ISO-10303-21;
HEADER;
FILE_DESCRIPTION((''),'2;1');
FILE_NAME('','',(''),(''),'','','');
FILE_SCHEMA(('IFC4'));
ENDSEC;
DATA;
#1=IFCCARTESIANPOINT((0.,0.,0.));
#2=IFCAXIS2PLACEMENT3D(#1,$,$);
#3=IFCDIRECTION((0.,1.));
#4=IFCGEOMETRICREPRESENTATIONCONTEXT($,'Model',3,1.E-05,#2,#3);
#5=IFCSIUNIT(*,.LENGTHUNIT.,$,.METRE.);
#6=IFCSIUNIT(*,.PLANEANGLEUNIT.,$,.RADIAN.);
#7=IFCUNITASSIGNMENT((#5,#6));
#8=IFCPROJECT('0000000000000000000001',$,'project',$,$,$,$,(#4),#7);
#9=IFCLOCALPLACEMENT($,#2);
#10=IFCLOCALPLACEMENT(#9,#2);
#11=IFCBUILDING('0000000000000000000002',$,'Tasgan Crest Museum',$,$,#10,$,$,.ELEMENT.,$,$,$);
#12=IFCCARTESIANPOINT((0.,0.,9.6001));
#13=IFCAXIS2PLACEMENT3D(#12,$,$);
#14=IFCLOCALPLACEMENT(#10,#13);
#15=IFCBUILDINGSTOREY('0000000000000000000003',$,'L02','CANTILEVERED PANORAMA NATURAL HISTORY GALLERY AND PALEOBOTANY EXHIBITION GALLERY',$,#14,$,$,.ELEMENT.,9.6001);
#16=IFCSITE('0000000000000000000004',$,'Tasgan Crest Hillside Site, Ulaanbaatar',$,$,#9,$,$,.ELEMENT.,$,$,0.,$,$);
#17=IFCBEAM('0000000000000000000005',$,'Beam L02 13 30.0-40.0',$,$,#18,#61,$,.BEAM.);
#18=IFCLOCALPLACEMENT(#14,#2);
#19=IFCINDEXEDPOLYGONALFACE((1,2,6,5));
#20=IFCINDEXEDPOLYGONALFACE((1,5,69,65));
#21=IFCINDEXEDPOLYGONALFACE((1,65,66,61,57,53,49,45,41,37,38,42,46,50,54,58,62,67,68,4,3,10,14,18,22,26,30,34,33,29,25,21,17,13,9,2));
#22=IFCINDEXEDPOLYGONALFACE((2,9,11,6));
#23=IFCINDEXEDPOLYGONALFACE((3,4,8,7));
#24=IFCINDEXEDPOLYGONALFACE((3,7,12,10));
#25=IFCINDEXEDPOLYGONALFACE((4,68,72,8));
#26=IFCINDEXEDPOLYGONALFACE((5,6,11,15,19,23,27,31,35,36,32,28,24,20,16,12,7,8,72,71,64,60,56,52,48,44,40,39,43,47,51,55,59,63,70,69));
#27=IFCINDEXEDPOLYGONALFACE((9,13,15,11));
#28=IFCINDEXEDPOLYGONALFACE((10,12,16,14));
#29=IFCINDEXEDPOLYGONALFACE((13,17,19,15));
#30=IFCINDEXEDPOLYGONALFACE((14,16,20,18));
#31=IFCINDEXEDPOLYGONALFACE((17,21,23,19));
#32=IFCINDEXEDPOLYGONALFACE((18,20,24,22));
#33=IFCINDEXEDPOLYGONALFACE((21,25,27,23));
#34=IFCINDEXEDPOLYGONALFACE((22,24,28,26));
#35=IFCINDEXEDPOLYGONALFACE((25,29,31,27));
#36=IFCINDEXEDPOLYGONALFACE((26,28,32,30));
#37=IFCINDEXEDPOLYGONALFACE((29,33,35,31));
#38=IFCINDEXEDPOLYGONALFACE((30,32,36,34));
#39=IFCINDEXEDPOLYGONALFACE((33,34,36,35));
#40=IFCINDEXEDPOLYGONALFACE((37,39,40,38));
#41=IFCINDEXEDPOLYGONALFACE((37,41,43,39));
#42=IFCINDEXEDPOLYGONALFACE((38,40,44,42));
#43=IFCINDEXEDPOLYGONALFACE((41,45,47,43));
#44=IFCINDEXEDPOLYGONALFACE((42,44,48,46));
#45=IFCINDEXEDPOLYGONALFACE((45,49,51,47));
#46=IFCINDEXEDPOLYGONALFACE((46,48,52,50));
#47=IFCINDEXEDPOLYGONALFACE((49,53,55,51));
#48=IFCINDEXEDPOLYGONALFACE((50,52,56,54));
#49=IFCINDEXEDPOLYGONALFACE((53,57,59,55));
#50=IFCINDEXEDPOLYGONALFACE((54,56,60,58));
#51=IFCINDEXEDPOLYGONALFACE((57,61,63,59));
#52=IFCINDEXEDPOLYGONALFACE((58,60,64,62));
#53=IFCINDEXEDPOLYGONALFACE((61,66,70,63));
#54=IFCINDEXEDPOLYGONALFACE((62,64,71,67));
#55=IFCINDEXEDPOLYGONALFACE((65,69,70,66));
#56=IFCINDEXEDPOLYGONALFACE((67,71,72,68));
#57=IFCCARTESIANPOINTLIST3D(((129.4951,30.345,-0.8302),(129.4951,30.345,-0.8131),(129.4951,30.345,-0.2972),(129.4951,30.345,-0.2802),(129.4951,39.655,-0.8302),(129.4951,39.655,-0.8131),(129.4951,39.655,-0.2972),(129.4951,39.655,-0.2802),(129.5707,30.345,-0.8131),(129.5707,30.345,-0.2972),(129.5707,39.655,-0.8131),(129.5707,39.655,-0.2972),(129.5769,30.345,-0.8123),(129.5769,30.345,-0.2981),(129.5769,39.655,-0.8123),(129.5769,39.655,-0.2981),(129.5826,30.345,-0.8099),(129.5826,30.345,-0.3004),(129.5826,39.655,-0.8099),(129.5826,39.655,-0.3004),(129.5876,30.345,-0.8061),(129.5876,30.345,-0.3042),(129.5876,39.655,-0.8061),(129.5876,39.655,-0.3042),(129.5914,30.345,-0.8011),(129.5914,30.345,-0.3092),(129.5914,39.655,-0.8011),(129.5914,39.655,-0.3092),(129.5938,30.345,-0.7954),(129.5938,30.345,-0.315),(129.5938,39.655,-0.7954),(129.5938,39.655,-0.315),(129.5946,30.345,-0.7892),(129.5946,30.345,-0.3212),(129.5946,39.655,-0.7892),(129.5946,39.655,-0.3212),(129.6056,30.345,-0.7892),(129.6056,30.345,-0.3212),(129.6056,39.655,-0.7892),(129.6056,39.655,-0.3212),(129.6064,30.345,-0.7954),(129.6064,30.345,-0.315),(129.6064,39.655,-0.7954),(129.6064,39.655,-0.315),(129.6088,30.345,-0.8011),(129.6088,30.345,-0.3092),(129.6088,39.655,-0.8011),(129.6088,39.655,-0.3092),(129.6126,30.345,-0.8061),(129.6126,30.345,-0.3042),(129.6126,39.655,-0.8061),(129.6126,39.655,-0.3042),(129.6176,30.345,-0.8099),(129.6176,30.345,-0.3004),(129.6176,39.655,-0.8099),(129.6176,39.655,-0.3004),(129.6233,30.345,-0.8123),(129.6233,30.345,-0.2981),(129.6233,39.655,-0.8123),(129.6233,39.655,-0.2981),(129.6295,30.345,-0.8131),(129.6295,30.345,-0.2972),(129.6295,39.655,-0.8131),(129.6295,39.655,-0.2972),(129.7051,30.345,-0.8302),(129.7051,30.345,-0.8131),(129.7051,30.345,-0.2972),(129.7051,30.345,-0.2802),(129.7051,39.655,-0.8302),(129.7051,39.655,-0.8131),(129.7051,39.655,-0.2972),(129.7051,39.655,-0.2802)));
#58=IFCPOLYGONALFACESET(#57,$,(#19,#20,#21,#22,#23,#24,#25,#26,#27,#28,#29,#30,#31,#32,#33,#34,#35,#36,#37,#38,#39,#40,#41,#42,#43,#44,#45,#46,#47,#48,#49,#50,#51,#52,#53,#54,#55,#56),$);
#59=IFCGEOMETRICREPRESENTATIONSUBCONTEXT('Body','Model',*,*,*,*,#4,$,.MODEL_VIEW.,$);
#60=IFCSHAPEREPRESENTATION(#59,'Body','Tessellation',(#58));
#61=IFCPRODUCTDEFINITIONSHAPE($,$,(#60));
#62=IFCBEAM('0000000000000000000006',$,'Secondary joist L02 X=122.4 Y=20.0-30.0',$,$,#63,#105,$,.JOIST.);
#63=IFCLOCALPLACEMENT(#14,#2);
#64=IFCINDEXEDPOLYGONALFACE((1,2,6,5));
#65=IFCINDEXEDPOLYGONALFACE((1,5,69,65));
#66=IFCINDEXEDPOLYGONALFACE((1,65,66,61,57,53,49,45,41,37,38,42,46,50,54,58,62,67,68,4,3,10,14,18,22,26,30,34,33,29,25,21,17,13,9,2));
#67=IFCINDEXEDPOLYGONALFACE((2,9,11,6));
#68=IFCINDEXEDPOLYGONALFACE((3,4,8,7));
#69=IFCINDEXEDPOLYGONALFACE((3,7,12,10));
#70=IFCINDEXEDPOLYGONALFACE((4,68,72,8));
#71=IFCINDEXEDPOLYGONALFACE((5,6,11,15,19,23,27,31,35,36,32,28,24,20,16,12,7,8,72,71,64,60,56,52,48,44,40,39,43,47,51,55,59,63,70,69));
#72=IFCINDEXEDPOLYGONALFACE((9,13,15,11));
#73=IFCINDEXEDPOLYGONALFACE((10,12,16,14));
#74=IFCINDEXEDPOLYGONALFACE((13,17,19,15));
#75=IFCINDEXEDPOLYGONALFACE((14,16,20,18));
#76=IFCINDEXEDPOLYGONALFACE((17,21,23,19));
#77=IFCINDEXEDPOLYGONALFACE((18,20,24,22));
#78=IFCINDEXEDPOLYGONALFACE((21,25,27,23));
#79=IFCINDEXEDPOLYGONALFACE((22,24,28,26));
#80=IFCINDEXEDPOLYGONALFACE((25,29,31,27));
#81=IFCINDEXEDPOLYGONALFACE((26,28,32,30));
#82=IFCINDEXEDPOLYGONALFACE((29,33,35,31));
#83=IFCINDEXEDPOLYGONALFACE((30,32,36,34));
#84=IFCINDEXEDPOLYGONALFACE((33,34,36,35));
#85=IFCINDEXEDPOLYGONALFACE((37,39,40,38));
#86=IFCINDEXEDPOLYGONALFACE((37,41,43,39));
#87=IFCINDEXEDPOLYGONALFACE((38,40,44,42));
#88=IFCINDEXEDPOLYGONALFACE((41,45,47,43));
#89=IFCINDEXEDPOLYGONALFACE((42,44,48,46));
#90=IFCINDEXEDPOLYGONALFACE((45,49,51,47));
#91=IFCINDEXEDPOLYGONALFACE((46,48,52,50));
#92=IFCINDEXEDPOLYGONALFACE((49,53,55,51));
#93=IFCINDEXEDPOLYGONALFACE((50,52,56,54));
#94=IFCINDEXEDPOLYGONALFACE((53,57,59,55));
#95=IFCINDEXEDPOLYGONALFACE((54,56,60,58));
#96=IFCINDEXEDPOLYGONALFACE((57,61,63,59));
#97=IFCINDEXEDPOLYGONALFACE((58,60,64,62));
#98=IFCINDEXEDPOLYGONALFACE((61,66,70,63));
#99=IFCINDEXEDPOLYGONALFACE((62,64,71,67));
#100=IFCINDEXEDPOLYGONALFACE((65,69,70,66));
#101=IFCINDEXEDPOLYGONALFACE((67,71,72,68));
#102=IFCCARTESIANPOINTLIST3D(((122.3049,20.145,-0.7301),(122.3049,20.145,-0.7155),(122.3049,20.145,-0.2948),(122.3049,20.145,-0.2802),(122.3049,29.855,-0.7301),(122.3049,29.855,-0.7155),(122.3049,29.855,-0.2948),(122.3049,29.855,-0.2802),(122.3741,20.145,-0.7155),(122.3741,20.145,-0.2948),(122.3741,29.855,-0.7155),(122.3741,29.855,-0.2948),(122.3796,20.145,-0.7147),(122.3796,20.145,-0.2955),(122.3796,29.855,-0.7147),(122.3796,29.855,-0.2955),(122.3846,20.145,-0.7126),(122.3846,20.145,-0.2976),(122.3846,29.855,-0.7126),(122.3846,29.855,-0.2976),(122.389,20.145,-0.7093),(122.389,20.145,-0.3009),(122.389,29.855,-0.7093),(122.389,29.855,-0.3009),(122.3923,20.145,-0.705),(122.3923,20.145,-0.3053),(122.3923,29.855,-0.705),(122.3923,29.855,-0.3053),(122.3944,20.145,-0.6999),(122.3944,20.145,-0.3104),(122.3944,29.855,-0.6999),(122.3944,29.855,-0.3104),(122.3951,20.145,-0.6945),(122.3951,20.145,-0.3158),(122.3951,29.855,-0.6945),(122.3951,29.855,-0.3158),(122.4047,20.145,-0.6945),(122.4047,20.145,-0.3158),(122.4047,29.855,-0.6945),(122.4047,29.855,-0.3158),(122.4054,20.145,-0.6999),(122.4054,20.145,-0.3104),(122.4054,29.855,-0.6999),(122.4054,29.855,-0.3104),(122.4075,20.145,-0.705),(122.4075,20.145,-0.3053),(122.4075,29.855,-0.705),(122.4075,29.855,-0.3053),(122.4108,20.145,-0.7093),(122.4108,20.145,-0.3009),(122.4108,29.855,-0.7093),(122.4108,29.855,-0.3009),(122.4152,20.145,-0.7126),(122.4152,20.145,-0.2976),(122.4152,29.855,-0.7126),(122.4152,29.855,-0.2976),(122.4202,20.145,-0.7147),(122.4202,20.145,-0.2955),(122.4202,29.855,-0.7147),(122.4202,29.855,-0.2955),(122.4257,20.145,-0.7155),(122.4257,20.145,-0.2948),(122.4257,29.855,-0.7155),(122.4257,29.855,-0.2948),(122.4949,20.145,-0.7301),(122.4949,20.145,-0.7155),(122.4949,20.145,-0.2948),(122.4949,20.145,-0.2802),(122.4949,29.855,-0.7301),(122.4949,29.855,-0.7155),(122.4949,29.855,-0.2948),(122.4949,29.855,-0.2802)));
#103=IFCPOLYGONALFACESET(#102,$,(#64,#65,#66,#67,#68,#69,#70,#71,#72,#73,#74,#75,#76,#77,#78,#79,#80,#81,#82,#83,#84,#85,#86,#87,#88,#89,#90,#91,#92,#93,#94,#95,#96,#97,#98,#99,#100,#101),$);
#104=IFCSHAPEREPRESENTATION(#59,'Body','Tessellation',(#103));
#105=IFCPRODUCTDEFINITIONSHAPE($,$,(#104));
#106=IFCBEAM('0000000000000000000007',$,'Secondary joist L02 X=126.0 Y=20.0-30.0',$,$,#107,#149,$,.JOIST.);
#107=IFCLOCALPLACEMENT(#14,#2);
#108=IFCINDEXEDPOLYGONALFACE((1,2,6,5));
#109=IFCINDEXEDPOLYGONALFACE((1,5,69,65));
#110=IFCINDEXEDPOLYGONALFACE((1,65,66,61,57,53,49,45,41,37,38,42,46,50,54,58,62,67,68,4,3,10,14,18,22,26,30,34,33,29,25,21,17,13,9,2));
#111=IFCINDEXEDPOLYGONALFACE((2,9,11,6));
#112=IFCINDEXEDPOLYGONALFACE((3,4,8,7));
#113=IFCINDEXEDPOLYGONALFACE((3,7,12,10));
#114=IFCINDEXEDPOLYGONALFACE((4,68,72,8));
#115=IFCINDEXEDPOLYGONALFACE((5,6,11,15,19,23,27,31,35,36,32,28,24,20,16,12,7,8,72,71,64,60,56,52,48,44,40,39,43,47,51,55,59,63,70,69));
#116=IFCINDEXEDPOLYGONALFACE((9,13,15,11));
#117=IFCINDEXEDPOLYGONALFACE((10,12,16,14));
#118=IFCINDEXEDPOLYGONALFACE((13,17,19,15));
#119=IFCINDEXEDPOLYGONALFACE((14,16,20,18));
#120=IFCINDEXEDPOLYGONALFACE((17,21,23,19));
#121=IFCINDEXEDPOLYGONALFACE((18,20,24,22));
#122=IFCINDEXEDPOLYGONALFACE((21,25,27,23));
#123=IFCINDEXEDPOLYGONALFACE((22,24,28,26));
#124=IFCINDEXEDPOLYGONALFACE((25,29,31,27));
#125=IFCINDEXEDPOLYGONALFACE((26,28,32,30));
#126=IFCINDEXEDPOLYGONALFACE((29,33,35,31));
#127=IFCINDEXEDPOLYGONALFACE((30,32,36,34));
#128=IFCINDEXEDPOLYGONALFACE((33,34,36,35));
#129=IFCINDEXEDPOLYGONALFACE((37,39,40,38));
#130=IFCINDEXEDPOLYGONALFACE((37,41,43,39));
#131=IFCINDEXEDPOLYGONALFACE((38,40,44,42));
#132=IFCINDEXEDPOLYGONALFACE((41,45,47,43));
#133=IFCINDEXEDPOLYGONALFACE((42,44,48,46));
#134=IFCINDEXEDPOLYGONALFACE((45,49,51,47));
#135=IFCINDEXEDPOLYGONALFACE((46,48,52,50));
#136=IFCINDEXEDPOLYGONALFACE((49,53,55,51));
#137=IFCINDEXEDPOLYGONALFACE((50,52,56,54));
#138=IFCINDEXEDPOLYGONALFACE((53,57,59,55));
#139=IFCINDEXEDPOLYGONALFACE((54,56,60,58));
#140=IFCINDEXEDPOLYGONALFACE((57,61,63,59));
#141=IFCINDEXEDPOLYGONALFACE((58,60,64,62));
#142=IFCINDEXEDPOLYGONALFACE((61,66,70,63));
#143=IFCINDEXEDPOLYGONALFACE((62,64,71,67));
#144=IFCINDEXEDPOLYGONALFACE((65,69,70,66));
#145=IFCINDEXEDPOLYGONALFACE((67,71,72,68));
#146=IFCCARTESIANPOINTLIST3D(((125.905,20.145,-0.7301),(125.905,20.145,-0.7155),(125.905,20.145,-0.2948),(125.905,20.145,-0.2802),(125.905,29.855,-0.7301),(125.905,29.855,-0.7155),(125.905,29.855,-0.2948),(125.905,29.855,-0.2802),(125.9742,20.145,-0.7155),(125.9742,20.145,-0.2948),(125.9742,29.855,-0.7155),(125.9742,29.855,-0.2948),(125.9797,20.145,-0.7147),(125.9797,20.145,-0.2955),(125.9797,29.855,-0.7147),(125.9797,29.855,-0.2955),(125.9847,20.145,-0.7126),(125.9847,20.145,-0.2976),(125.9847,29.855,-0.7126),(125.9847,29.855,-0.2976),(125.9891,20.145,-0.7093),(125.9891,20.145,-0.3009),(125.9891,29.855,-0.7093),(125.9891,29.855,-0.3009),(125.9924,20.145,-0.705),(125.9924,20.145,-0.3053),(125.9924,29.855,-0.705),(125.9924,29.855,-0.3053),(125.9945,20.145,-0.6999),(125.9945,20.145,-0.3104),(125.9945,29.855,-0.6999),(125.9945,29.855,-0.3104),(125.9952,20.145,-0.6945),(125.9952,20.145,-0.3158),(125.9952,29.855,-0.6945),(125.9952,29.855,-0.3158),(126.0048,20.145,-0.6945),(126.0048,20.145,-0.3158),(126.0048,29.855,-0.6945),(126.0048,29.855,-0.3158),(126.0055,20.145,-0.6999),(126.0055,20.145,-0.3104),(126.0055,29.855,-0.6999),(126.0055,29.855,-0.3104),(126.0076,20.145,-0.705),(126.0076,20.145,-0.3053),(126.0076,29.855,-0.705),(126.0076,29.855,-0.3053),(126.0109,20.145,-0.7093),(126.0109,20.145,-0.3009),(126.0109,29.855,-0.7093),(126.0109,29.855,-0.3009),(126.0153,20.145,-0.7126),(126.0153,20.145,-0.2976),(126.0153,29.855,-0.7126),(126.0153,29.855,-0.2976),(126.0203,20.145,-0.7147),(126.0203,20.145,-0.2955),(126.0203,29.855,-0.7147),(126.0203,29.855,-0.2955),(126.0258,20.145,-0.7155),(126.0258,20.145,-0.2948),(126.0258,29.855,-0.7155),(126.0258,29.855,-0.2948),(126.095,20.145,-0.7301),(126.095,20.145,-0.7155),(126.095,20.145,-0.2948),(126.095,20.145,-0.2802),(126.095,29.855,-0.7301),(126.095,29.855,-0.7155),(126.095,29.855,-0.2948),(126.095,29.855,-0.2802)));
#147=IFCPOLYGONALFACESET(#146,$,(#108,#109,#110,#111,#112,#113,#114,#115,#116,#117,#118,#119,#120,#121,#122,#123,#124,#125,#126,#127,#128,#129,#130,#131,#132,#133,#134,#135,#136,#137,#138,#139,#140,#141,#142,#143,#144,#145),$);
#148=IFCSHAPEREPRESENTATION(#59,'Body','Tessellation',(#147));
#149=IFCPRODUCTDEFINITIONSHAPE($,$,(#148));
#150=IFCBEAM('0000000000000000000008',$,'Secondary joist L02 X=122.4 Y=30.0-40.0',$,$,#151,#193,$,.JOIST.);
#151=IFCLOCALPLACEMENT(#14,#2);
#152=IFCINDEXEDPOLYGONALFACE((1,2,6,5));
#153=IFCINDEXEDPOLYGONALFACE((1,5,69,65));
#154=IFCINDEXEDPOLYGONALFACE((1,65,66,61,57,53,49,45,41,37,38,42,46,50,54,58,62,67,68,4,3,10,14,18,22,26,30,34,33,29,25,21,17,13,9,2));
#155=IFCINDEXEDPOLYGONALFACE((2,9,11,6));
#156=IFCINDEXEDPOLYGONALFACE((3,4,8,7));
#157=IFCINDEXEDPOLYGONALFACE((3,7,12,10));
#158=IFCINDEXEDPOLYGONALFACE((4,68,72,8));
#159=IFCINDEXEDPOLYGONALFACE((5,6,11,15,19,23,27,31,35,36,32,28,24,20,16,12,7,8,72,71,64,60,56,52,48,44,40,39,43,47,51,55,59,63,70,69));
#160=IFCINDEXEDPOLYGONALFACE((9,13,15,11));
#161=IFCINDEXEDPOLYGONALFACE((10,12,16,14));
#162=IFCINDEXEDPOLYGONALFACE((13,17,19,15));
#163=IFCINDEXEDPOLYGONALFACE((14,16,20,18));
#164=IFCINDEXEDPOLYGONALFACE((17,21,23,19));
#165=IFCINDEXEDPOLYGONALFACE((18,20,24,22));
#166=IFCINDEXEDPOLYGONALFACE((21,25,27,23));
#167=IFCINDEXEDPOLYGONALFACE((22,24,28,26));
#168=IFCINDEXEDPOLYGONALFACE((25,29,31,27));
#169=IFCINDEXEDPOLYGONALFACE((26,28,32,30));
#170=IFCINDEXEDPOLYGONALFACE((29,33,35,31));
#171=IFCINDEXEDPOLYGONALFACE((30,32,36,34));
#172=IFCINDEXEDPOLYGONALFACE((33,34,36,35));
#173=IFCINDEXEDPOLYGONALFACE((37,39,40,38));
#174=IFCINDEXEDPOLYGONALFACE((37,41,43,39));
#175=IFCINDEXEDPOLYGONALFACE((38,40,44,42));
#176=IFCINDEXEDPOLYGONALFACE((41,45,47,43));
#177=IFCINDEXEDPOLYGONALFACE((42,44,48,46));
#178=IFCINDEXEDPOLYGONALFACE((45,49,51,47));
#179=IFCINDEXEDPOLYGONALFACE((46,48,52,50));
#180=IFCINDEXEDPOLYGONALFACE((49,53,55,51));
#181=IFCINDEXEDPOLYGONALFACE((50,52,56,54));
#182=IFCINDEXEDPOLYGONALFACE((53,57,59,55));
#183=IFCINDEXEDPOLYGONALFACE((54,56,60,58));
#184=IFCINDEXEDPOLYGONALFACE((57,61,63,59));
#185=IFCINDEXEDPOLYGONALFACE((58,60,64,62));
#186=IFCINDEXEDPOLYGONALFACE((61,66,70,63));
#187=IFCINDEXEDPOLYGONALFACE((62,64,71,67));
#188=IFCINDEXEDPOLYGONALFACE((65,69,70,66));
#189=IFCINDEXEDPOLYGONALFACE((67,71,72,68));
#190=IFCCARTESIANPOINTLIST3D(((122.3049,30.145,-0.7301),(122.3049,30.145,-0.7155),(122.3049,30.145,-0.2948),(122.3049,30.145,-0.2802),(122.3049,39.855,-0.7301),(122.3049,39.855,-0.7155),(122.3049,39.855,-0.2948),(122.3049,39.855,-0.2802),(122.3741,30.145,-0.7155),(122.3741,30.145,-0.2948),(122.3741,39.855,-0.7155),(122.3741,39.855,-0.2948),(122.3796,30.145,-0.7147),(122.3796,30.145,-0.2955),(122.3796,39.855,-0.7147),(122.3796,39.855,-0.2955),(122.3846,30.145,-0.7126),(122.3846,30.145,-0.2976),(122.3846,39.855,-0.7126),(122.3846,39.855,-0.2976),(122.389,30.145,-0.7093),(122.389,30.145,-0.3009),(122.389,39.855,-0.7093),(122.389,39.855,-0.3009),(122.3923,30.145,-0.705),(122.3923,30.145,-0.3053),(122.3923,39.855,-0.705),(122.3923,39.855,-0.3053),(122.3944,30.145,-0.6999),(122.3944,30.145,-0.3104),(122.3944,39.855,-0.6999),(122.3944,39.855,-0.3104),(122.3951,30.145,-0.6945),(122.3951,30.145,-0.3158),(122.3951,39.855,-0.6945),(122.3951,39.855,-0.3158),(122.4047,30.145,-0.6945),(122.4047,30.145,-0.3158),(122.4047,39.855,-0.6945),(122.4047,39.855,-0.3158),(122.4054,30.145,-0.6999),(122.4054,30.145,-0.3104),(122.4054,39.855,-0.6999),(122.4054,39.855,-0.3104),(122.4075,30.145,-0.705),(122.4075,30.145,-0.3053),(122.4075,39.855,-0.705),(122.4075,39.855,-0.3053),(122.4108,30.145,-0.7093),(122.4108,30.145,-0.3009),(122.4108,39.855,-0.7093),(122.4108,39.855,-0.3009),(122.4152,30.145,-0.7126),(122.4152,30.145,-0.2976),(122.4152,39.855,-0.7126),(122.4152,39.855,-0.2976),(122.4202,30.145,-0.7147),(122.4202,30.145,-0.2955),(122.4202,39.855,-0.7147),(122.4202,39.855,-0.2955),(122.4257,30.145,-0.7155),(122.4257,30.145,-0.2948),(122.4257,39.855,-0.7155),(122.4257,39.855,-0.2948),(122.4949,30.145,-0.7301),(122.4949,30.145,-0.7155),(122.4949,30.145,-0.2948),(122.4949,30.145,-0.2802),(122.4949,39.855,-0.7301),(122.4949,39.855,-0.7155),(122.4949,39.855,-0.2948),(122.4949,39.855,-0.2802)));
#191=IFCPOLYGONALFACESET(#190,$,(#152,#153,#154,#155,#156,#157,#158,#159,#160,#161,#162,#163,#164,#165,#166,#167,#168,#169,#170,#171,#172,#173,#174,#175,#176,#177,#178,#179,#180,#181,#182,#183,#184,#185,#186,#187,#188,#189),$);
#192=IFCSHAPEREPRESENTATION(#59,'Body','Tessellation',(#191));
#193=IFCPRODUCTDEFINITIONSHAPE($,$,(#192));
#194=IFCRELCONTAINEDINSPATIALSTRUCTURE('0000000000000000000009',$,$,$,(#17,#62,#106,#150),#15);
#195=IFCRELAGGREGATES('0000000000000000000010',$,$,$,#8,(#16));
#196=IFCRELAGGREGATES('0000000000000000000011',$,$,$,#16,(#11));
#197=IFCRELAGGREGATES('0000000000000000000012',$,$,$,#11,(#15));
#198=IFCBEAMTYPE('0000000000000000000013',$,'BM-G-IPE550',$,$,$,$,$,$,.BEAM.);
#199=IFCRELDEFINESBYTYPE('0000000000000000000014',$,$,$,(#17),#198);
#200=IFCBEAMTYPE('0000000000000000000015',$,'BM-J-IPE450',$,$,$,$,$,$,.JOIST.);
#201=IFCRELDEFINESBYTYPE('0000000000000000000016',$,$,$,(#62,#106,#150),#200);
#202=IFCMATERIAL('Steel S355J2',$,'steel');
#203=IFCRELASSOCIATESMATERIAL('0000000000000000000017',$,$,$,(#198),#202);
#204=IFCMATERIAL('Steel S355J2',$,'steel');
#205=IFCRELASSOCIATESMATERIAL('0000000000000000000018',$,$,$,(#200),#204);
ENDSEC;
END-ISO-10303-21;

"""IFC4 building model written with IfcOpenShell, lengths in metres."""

from ifc_helpers import new_model, si_unit, direction, frame, origin, origin_2d, place, context, subcontext, project, spatial, i_section, extrude, material, material_profile, profile_set, type_object, element, save


model = new_model("IFC4")

# Units and contexts
model_context = context("Model", 3, precision=1e-05, world=origin(), true_north=direction((0.0, 1.0)))
body_context = subcontext(model_context, "Body", "Model", "MODEL_VIEW")
ifc_project = project(units=[si_unit("LENGTHUNIT", "METRE"), si_unit("PLANEANGLEUNIT", "RADIAN")], contexts=[model_context])

# Site, building, storey
site_placement = place(None, origin())
site = spatial("IfcSite", under=ifc_project, at=site_placement, Name="Tasgan Crest Hillside Site, Ulaanbaatar", CompositionType="ELEMENT", RefElevation=0.0)
building_placement = place(site_placement, origin())
building = spatial("IfcBuilding", under=site, at=building_placement, Name="Tasgan Crest Museum", CompositionType="ELEMENT")
storey_placement = place(building_placement, frame((0.0, 0.0, 9.6001)))
storey = spatial("IfcBuildingStorey", under=building, at=storey_placement, Name="L02", Description="CANTILEVERED PANORAMA NATURAL HISTORY GALLERY AND PALEOBOTANY EXHIBITION GALLERY", CompositionType="ELEMENT", Elevation=9.6001)

# Beams
ifc_material_1 = material(Name="Steel S355J2", Category="steel")
ifc_material_profile_1 = material_profile(ifc_material_1, i_section(OverallWidth=0.21, OverallDepth=0.55, WebThickness=0.011, FlangeThickness=0.0171, FilletRadius=0.0239, at=origin_2d()), Name="IPE 550")
ifc_profile_set_1 = profile_set([ifc_material_profile_1], Name="Steel S355J2")
beam_type_1 = type_object("IfcBeamType", Name="BM-G-IPE550", PredefinedType="BEAM", material=ifc_profile_set_1)
for number, where, z_axis, x_axis, name in (
    (1, (129.6001, 30.345, -0.5552), (0.0, 1.0, 0.0), (-1.0, 0.0, 0.0), "Beam L02 13 30.0-40.0"),
):
    element("IfcBeam", number, at=place(storey_placement, frame(where, z_axis=z_axis, x_axis=x_axis)), inside=storey, type_object=beam_type_1, Name=name, PredefinedType="BEAM", context=body_context, shape_type="SweptSolid", body=[
        extrude(i_section(OverallWidth=0.21, OverallDepth=0.55, WebThickness=0.011, FlangeThickness=0.0171, FilletRadius=0.0239, at=origin_2d()), origin(), (0.0, 0.0, 1.0), 9.3101),
    ])
ifc_material_2 = material(Name="Steel S355J2", Category="steel")
ifc_material_profile_2 = material_profile(ifc_material_2, i_section(OverallWidth=0.1899, OverallDepth=0.45, WebThickness=0.0095, FlangeThickness=0.0146, FilletRadius=0.021, at=origin_2d()), Name="IPE 450")
ifc_profile_set_2 = profile_set([ifc_material_profile_2], Name="Steel S355J2")
beam_type_2 = type_object("IfcBeamType", Name="BM-J-IPE450", PredefinedType="JOIST", material=ifc_profile_set_2)
for number, where, z_axis, x_axis, name in (
    (2, (122.3999, 20.145, -0.5051), (0.0, 1.0, 0.0), (-1.0, 0.0, 0.0), "Secondary joist L02 X=122.4 Y=20.0-30.0"),
    (3, (126.0, 20.145, -0.5051), (0.0, 1.0, 0.0), (-1.0, 0.0, 0.0), "Secondary joist L02 X=126.0 Y=20.0-30.0"),
    (4, (122.3999, 30.145, -0.5051), (0.0, 1.0, 0.0), (-1.0, 0.0, 0.0), "Secondary joist L02 X=122.4 Y=30.0-40.0"),
):
    element("IfcBeam", number, at=place(storey_placement, frame(where, z_axis=z_axis, x_axis=x_axis)), inside=storey, type_object=beam_type_2, Name=name, PredefinedType="JOIST", context=body_context, shape_type="SweptSolid", body=[
        extrude(i_section(OverallWidth=0.1899, OverallDepth=0.45, WebThickness=0.0095, FlangeThickness=0.0146, FilletRadius=0.021, at=origin_2d()), origin(), (0.0, 0.0, 1.0), 9.71),
    ])

save(model, "model.ifc")
